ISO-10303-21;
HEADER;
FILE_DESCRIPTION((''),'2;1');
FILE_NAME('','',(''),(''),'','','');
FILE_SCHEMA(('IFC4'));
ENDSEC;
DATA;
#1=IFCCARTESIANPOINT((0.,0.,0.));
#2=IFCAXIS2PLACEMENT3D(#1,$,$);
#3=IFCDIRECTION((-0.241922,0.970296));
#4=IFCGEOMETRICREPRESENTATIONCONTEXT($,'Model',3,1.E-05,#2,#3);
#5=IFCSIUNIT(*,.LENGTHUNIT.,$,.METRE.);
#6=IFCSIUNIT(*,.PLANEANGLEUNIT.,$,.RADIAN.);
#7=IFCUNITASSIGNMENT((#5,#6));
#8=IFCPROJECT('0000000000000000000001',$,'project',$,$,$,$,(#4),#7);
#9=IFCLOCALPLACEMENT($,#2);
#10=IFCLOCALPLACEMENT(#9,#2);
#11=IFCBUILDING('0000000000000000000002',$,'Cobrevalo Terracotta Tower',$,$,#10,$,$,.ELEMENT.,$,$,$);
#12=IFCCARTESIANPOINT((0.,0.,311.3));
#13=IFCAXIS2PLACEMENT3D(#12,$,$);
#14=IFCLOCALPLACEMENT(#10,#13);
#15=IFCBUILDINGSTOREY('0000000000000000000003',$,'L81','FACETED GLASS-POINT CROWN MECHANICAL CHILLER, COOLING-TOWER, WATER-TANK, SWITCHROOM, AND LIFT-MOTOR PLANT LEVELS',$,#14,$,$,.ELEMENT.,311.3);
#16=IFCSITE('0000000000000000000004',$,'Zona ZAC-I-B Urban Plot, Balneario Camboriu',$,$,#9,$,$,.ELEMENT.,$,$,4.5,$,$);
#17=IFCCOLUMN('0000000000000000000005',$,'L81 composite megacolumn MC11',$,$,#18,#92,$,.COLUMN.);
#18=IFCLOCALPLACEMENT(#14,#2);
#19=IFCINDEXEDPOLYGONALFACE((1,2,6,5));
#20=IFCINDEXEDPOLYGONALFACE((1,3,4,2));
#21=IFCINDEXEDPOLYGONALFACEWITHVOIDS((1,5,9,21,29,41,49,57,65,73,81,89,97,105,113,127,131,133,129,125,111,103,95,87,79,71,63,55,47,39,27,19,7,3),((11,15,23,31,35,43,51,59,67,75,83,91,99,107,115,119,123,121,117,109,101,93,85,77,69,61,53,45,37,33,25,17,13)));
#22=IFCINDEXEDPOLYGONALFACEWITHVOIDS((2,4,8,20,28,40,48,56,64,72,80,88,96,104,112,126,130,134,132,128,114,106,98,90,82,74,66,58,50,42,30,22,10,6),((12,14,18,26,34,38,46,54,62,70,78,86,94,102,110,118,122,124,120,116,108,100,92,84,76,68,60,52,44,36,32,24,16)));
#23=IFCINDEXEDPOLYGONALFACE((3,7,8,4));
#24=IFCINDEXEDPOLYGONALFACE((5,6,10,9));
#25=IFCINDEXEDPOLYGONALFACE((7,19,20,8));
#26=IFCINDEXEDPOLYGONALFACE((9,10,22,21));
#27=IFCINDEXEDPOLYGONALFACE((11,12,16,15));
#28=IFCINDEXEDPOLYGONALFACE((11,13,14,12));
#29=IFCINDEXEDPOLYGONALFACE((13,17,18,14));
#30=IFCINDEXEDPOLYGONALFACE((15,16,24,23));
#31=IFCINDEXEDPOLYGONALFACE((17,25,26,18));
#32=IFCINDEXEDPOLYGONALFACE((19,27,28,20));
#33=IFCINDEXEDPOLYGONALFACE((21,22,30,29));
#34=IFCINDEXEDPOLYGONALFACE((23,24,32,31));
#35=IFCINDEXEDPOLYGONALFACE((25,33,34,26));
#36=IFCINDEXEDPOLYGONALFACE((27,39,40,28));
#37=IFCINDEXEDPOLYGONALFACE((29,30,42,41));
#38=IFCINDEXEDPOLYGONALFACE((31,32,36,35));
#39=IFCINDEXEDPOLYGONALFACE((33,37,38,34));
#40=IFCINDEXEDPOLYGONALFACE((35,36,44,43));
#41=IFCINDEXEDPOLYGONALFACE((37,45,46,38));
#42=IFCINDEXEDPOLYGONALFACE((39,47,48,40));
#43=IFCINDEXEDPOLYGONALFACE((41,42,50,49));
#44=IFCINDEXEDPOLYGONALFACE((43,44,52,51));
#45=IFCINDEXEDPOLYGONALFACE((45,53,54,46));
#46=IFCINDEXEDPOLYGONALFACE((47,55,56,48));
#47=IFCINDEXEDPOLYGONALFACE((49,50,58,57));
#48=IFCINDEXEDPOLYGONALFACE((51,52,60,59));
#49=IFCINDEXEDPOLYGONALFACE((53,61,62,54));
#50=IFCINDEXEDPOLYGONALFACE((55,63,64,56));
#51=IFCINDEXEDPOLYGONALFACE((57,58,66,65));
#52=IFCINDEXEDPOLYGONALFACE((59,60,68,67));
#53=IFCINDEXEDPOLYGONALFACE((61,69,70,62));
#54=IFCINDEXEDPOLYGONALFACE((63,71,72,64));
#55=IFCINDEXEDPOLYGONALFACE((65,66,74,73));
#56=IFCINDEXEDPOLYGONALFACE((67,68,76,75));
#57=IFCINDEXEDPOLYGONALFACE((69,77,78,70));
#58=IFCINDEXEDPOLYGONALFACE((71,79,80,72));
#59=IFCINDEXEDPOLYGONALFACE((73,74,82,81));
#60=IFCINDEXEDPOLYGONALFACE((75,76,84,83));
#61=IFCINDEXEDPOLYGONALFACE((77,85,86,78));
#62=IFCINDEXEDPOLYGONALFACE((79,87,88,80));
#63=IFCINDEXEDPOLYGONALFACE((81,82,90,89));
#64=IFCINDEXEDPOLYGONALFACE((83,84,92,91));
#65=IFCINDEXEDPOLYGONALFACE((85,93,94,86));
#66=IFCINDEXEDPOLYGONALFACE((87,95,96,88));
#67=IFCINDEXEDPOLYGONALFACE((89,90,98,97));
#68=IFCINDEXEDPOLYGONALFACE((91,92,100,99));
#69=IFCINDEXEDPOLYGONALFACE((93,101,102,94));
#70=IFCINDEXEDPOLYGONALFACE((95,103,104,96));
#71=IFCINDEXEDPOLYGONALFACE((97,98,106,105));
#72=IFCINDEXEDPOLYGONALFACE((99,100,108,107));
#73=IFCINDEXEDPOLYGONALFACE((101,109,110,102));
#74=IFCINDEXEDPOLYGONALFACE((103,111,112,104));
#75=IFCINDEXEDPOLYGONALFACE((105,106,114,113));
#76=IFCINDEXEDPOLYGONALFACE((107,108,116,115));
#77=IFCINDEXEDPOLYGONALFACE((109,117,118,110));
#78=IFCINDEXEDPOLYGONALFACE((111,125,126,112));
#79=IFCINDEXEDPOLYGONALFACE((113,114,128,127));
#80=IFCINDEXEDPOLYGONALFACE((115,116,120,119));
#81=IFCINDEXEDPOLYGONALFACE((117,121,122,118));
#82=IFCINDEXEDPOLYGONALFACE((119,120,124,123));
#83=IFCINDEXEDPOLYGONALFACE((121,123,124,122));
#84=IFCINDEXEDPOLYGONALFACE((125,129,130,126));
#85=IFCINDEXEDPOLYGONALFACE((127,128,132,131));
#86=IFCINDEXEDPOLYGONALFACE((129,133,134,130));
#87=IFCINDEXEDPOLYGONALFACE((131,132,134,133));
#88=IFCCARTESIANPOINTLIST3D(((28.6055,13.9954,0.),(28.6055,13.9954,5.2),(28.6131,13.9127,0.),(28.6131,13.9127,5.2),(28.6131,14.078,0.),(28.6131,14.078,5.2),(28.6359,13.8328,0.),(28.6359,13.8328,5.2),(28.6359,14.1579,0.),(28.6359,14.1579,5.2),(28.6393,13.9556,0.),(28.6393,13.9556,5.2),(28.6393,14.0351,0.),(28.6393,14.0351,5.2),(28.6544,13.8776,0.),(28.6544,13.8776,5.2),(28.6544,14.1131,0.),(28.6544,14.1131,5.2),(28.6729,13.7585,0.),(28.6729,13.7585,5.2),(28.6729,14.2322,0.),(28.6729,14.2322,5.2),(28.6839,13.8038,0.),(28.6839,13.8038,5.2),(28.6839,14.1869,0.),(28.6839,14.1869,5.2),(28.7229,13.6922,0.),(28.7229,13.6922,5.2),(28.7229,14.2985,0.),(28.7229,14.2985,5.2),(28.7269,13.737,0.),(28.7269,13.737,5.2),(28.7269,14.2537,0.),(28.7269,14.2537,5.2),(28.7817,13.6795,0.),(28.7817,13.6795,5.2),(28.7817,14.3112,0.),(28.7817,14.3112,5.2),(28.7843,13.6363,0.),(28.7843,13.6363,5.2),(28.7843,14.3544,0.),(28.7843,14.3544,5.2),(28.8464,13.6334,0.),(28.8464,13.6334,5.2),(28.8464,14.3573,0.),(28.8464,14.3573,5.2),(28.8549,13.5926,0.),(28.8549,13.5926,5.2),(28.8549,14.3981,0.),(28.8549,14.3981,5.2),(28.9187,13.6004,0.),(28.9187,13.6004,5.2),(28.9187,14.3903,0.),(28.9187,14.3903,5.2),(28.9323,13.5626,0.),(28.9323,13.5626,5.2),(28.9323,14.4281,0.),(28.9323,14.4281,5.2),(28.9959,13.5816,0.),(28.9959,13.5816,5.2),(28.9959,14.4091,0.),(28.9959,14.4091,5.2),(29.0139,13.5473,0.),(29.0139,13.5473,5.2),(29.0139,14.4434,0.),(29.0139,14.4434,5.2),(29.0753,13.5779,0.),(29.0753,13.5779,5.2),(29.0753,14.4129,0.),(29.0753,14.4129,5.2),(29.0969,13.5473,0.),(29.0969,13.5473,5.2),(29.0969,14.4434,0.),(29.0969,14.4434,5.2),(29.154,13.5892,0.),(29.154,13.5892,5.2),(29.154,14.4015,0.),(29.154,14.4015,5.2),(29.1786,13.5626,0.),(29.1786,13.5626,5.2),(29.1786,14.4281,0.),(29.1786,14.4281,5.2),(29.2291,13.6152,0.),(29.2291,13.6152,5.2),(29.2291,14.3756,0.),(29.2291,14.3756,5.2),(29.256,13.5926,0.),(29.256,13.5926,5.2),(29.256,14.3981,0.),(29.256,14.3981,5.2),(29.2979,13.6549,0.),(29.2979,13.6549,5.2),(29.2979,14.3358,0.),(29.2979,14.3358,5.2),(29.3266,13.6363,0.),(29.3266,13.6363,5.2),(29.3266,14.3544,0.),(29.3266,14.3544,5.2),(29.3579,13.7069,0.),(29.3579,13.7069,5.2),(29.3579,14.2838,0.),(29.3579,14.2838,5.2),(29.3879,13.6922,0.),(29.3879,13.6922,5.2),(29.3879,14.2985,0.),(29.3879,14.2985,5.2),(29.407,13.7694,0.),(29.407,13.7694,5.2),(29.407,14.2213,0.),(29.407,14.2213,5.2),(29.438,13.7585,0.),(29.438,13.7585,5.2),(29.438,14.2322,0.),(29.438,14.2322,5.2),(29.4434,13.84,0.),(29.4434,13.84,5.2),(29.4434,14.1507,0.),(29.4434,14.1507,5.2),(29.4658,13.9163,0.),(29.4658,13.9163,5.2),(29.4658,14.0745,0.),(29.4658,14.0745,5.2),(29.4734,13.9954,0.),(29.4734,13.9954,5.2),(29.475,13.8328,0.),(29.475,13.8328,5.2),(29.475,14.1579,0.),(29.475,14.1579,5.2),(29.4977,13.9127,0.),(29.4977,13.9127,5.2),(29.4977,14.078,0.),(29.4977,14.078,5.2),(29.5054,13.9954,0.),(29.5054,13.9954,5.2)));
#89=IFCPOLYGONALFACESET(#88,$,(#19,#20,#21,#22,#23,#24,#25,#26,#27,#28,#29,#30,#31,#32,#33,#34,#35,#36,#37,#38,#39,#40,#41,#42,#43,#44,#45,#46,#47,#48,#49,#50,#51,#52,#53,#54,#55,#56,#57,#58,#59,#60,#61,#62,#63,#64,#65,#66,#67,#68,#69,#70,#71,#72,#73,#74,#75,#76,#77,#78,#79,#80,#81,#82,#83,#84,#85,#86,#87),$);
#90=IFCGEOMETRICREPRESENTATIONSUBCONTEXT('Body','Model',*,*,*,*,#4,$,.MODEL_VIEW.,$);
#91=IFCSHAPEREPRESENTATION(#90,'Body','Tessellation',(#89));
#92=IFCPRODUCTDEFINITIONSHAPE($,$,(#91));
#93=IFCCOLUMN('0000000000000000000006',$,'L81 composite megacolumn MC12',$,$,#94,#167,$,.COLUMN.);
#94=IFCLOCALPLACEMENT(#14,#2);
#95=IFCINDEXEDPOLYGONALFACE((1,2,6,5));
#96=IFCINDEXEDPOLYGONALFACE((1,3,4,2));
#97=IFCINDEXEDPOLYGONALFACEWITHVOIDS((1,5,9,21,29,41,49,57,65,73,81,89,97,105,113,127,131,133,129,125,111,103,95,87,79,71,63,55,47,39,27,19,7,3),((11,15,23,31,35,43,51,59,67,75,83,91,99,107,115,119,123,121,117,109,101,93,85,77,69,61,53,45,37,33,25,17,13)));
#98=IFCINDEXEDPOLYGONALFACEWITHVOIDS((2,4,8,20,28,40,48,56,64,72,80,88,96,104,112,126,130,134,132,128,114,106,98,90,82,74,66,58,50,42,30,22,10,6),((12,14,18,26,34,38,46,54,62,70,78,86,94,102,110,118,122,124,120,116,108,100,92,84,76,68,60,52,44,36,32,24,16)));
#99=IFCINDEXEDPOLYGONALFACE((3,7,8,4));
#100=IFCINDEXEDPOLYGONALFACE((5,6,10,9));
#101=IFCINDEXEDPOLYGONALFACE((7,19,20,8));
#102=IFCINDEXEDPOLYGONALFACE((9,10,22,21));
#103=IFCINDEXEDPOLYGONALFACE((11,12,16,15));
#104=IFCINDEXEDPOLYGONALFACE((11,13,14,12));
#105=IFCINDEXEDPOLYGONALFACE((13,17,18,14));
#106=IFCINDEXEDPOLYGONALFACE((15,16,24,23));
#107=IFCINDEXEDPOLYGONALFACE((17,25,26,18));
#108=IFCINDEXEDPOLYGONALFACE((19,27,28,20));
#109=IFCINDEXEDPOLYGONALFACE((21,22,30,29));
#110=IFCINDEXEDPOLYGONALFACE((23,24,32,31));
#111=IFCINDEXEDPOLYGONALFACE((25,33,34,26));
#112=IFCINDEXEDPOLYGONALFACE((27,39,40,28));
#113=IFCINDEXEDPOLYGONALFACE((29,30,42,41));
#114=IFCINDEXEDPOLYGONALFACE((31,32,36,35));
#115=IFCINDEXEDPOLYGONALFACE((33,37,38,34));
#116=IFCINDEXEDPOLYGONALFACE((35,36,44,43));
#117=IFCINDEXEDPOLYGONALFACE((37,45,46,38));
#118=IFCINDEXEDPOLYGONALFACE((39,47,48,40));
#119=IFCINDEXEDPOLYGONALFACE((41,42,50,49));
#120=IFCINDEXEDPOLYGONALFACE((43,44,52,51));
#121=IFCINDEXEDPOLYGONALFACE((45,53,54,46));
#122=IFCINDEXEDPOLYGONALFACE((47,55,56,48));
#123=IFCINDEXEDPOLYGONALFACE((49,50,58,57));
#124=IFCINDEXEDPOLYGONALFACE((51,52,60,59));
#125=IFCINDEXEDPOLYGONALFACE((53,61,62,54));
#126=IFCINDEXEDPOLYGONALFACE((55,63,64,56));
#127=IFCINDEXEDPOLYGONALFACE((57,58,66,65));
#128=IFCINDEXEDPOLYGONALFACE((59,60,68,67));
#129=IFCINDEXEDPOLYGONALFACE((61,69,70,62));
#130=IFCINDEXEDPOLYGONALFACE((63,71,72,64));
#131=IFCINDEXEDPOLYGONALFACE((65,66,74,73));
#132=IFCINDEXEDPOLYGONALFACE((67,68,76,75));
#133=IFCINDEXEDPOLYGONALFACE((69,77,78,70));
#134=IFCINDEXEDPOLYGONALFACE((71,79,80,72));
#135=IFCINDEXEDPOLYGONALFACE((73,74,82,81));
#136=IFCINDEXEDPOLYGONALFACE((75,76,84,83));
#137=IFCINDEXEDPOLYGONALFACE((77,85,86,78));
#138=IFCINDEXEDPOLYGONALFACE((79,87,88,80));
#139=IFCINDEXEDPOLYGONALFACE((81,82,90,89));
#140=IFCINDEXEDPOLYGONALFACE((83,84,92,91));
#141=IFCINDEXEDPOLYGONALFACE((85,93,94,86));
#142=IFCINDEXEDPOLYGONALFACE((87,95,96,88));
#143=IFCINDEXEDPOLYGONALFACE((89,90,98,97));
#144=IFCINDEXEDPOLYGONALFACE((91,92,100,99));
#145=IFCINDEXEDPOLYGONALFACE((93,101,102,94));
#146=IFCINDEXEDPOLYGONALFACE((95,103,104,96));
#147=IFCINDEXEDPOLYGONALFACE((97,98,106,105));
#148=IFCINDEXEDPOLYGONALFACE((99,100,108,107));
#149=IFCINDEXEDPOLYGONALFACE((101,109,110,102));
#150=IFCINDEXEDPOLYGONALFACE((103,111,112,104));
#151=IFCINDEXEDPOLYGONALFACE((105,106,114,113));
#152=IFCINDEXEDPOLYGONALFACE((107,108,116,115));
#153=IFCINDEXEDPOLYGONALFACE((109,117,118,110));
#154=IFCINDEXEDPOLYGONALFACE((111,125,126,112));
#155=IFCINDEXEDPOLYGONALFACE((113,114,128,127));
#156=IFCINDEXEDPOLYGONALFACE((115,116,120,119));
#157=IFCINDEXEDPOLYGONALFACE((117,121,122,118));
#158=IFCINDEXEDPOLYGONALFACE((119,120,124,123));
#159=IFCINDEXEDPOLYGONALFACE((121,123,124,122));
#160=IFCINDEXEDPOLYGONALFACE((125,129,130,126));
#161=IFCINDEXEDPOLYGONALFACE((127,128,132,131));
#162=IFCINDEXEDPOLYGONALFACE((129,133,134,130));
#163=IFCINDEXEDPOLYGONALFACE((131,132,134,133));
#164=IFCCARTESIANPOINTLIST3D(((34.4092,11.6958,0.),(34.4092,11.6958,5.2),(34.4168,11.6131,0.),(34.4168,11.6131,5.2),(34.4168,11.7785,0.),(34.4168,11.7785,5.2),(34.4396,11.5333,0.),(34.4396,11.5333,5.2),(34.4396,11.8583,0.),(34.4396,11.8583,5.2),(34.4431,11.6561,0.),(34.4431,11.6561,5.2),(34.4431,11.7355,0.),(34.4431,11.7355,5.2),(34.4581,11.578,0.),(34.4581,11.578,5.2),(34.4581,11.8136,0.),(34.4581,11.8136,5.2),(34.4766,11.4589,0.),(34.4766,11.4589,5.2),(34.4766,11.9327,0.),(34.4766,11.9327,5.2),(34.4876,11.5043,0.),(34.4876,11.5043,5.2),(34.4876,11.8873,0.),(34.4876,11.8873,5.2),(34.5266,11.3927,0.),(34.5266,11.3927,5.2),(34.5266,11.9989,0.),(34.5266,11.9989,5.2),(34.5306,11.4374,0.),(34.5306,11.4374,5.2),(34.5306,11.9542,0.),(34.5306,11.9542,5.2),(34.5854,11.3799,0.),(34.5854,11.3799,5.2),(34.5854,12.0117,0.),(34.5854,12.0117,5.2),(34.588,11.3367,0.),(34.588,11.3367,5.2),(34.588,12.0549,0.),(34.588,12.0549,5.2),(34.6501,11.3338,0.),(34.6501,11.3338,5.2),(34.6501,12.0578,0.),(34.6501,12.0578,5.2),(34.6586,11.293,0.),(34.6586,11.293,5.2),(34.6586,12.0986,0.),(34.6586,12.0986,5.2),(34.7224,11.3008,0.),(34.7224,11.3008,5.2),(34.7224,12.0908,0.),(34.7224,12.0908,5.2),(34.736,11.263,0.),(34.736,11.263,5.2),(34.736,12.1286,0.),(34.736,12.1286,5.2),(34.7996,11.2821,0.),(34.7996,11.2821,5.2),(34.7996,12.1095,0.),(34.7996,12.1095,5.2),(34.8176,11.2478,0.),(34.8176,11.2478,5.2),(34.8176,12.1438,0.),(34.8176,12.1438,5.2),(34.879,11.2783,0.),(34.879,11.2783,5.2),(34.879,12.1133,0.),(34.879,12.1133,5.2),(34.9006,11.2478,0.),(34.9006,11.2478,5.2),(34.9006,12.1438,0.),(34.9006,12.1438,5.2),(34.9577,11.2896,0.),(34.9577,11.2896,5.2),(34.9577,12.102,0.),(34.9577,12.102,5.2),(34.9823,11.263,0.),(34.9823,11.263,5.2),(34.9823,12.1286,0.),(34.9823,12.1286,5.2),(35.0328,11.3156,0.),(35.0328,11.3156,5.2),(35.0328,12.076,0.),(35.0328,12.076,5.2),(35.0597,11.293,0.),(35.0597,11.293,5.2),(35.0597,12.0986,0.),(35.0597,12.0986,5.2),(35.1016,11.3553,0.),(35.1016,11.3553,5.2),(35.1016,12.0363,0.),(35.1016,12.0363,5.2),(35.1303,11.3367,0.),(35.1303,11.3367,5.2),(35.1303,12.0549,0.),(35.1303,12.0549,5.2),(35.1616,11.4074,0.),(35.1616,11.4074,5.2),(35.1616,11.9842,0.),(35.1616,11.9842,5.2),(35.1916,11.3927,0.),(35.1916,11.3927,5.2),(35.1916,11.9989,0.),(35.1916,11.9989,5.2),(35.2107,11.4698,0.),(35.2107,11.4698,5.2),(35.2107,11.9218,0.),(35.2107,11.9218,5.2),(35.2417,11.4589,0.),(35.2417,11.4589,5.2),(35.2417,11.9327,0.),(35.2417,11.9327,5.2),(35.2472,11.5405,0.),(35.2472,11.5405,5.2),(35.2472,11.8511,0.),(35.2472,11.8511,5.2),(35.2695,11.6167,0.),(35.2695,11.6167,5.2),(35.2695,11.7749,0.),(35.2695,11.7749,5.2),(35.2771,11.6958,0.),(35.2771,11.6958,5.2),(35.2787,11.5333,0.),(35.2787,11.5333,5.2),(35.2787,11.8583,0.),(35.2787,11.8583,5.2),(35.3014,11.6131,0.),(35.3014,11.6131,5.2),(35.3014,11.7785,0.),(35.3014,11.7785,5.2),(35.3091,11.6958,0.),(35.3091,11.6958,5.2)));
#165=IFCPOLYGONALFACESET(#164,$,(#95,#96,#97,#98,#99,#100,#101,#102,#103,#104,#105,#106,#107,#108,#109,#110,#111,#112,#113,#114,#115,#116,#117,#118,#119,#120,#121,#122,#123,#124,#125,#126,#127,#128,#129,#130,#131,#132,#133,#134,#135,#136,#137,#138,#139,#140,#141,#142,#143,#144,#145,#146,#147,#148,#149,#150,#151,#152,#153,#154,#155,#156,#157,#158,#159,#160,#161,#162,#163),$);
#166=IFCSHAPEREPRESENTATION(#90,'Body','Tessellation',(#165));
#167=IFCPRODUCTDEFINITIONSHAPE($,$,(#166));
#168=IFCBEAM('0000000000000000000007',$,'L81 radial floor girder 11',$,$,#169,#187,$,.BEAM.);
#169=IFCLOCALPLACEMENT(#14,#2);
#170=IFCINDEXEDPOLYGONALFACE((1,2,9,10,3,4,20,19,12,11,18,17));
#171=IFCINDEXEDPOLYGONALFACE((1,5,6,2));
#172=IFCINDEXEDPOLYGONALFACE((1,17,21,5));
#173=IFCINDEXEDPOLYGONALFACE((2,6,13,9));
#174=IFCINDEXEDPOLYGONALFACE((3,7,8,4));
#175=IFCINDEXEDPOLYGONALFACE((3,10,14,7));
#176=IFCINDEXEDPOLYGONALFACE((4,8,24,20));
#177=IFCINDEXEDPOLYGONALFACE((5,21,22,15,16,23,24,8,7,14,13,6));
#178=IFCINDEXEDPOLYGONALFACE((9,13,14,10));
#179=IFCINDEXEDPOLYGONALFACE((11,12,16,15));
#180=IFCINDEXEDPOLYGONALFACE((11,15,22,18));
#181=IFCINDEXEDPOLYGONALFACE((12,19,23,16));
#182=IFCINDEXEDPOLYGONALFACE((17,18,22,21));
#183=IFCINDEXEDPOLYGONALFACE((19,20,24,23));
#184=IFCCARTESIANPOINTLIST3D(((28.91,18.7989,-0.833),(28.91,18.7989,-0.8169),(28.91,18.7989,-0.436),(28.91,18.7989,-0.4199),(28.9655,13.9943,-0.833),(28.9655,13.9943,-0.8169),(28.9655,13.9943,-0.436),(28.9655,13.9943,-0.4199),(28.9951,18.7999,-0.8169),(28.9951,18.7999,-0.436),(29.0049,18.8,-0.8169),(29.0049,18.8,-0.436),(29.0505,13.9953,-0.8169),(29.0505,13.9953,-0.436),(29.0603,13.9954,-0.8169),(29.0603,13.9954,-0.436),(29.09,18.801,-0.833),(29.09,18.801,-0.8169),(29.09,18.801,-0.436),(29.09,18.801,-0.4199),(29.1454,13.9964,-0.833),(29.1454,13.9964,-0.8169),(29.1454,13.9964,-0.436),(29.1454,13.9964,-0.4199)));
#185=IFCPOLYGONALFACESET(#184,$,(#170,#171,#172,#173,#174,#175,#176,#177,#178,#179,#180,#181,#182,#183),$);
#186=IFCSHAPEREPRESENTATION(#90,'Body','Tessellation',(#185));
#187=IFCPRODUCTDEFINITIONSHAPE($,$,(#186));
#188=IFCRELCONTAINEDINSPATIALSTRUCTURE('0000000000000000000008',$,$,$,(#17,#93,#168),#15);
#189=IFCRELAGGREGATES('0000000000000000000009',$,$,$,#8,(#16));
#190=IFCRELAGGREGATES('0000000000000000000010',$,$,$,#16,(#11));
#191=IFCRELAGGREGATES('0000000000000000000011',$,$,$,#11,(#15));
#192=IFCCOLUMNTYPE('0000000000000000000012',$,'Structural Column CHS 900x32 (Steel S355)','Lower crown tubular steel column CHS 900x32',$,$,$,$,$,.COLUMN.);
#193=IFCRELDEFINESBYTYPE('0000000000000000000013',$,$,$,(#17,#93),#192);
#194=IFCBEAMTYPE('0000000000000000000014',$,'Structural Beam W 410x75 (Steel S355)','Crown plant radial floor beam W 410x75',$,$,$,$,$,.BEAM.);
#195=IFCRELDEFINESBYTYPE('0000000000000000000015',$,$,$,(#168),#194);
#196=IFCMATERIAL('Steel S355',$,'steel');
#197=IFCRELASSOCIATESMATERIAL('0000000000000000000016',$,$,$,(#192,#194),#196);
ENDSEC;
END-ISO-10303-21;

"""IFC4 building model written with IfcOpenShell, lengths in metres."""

from ifc_helpers import new_model, si_unit, direction, frame, origin, origin_2d, place, context, subcontext, project, spatial, hollow_circle, i_section, extrude, material, material_profile, profile_set, type_object, element, save


model = new_model("IFC4")

# Units and contexts
model_context = context("Model", 3, precision=1e-05, world=origin(), true_north=direction((-0.241922, 0.970296)))
body_context = subcontext(model_context, "Body", "Model", "MODEL_VIEW")
ifc_project = project(units=[si_unit("LENGTHUNIT", "METRE"), si_unit("PLANEANGLEUNIT", "RADIAN")], contexts=[model_context])

# Site, building, storey
site_placement = place(None, origin())
site = spatial("IfcSite", under=ifc_project, at=site_placement, Name="Zona ZAC-I-B Urban Plot, Balneario Camboriu", CompositionType="ELEMENT", RefElevation=4.5)
building_placement = place(site_placement, origin())
building = spatial("IfcBuilding", under=site, at=building_placement, Name="Cobrevalo Terracotta Tower", CompositionType="ELEMENT")
storey_placement = place(building_placement, frame((0.0, 0.0, 311.3)))
storey = spatial("IfcBuildingStorey", under=building, at=storey_placement, Name="L81", Description="FACETED GLASS-POINT CROWN MECHANICAL CHILLER, COOLING-TOWER, WATER-TANK, SWITCHROOM, AND LIFT-MOTOR PLANT LEVELS", CompositionType="ELEMENT", Elevation=311.3)

# Columns
ifc_material_1 = material(Name="Steel S355", Category="steel")
ifc_material_profile_1 = material_profile(ifc_material_1, hollow_circle(Radius=0.45, WallThickness=0.032, at=origin_2d()), Name="CHS 900x32")
ifc_profile_set_1 = profile_set([ifc_material_profile_1], Name="Steel S355")
column_type = type_object("IfcColumnType", Name="Structural Column CHS 900x32 (Steel S355)", Description="Lower crown tubular steel column CHS 900x32", PredefinedType="COLUMN", material=ifc_profile_set_1)
for number, where, z_axis, x_axis, name in (
    (1, (29.0554, 13.9954, 0.0), (0.0, 0.0, 1.0), (1.0, 0.0, 0.0), "L81 composite megacolumn MC11"),
    (2, (34.8591, 11.6958, 0.0), (0.0, 0.0, 1.0), (1.0, 0.0, 0.0), "L81 composite megacolumn MC12"),
):
    element("IfcColumn", number, at=place(storey_placement, frame(where, z_axis=z_axis, x_axis=x_axis)), inside=storey, type_object=column_type, Name=name, PredefinedType="COLUMN", context=body_context, shape_type="SweptSolid", body=[
        extrude(hollow_circle(Radius=0.45, WallThickness=0.032, at=origin_2d()), origin(), (0.0, 0.0, 1.0), 5.2),
    ])

# Beam
ifc_material_profile_2 = material_profile(ifc_material_1, i_section(OverallWidth=0.1799, OverallDepth=0.4131, WebThickness=0.0098, FlangeThickness=0.0161, at=origin_2d()), Name="W 410x75")
ifc_profile_set_2 = profile_set([ifc_material_profile_2], Name="Steel S355")
beam_type_1 = type_object("IfcBeamType", Name="Structural Beam W 410x75 (Steel S355)", Description="Crown plant radial floor beam W 410x75", PredefinedType="BEAM", material=ifc_profile_set_2)
beam_1_placement = place(storey_placement, frame((29.0554, 13.9954, -0.6265), z_axis=(-0.011534, 0.999933, 0.0), x_axis=(-0.999933, -0.011534, 0.0)))
element("IfcBeam", 3, at=beam_1_placement, inside=storey, type_object=beam_type_1, Name="L81 radial floor girder 11", PredefinedType="BEAM", context=body_context, shape_type="SweptSolid", body=[
    extrude(i_section(OverallWidth=0.1799, OverallDepth=0.4131, WebThickness=0.0098, FlangeThickness=0.0161, at=origin_2d()), origin(), (0.0, 0.0, 1.0), 4.8049),
])

save(model, "model.ifc")
